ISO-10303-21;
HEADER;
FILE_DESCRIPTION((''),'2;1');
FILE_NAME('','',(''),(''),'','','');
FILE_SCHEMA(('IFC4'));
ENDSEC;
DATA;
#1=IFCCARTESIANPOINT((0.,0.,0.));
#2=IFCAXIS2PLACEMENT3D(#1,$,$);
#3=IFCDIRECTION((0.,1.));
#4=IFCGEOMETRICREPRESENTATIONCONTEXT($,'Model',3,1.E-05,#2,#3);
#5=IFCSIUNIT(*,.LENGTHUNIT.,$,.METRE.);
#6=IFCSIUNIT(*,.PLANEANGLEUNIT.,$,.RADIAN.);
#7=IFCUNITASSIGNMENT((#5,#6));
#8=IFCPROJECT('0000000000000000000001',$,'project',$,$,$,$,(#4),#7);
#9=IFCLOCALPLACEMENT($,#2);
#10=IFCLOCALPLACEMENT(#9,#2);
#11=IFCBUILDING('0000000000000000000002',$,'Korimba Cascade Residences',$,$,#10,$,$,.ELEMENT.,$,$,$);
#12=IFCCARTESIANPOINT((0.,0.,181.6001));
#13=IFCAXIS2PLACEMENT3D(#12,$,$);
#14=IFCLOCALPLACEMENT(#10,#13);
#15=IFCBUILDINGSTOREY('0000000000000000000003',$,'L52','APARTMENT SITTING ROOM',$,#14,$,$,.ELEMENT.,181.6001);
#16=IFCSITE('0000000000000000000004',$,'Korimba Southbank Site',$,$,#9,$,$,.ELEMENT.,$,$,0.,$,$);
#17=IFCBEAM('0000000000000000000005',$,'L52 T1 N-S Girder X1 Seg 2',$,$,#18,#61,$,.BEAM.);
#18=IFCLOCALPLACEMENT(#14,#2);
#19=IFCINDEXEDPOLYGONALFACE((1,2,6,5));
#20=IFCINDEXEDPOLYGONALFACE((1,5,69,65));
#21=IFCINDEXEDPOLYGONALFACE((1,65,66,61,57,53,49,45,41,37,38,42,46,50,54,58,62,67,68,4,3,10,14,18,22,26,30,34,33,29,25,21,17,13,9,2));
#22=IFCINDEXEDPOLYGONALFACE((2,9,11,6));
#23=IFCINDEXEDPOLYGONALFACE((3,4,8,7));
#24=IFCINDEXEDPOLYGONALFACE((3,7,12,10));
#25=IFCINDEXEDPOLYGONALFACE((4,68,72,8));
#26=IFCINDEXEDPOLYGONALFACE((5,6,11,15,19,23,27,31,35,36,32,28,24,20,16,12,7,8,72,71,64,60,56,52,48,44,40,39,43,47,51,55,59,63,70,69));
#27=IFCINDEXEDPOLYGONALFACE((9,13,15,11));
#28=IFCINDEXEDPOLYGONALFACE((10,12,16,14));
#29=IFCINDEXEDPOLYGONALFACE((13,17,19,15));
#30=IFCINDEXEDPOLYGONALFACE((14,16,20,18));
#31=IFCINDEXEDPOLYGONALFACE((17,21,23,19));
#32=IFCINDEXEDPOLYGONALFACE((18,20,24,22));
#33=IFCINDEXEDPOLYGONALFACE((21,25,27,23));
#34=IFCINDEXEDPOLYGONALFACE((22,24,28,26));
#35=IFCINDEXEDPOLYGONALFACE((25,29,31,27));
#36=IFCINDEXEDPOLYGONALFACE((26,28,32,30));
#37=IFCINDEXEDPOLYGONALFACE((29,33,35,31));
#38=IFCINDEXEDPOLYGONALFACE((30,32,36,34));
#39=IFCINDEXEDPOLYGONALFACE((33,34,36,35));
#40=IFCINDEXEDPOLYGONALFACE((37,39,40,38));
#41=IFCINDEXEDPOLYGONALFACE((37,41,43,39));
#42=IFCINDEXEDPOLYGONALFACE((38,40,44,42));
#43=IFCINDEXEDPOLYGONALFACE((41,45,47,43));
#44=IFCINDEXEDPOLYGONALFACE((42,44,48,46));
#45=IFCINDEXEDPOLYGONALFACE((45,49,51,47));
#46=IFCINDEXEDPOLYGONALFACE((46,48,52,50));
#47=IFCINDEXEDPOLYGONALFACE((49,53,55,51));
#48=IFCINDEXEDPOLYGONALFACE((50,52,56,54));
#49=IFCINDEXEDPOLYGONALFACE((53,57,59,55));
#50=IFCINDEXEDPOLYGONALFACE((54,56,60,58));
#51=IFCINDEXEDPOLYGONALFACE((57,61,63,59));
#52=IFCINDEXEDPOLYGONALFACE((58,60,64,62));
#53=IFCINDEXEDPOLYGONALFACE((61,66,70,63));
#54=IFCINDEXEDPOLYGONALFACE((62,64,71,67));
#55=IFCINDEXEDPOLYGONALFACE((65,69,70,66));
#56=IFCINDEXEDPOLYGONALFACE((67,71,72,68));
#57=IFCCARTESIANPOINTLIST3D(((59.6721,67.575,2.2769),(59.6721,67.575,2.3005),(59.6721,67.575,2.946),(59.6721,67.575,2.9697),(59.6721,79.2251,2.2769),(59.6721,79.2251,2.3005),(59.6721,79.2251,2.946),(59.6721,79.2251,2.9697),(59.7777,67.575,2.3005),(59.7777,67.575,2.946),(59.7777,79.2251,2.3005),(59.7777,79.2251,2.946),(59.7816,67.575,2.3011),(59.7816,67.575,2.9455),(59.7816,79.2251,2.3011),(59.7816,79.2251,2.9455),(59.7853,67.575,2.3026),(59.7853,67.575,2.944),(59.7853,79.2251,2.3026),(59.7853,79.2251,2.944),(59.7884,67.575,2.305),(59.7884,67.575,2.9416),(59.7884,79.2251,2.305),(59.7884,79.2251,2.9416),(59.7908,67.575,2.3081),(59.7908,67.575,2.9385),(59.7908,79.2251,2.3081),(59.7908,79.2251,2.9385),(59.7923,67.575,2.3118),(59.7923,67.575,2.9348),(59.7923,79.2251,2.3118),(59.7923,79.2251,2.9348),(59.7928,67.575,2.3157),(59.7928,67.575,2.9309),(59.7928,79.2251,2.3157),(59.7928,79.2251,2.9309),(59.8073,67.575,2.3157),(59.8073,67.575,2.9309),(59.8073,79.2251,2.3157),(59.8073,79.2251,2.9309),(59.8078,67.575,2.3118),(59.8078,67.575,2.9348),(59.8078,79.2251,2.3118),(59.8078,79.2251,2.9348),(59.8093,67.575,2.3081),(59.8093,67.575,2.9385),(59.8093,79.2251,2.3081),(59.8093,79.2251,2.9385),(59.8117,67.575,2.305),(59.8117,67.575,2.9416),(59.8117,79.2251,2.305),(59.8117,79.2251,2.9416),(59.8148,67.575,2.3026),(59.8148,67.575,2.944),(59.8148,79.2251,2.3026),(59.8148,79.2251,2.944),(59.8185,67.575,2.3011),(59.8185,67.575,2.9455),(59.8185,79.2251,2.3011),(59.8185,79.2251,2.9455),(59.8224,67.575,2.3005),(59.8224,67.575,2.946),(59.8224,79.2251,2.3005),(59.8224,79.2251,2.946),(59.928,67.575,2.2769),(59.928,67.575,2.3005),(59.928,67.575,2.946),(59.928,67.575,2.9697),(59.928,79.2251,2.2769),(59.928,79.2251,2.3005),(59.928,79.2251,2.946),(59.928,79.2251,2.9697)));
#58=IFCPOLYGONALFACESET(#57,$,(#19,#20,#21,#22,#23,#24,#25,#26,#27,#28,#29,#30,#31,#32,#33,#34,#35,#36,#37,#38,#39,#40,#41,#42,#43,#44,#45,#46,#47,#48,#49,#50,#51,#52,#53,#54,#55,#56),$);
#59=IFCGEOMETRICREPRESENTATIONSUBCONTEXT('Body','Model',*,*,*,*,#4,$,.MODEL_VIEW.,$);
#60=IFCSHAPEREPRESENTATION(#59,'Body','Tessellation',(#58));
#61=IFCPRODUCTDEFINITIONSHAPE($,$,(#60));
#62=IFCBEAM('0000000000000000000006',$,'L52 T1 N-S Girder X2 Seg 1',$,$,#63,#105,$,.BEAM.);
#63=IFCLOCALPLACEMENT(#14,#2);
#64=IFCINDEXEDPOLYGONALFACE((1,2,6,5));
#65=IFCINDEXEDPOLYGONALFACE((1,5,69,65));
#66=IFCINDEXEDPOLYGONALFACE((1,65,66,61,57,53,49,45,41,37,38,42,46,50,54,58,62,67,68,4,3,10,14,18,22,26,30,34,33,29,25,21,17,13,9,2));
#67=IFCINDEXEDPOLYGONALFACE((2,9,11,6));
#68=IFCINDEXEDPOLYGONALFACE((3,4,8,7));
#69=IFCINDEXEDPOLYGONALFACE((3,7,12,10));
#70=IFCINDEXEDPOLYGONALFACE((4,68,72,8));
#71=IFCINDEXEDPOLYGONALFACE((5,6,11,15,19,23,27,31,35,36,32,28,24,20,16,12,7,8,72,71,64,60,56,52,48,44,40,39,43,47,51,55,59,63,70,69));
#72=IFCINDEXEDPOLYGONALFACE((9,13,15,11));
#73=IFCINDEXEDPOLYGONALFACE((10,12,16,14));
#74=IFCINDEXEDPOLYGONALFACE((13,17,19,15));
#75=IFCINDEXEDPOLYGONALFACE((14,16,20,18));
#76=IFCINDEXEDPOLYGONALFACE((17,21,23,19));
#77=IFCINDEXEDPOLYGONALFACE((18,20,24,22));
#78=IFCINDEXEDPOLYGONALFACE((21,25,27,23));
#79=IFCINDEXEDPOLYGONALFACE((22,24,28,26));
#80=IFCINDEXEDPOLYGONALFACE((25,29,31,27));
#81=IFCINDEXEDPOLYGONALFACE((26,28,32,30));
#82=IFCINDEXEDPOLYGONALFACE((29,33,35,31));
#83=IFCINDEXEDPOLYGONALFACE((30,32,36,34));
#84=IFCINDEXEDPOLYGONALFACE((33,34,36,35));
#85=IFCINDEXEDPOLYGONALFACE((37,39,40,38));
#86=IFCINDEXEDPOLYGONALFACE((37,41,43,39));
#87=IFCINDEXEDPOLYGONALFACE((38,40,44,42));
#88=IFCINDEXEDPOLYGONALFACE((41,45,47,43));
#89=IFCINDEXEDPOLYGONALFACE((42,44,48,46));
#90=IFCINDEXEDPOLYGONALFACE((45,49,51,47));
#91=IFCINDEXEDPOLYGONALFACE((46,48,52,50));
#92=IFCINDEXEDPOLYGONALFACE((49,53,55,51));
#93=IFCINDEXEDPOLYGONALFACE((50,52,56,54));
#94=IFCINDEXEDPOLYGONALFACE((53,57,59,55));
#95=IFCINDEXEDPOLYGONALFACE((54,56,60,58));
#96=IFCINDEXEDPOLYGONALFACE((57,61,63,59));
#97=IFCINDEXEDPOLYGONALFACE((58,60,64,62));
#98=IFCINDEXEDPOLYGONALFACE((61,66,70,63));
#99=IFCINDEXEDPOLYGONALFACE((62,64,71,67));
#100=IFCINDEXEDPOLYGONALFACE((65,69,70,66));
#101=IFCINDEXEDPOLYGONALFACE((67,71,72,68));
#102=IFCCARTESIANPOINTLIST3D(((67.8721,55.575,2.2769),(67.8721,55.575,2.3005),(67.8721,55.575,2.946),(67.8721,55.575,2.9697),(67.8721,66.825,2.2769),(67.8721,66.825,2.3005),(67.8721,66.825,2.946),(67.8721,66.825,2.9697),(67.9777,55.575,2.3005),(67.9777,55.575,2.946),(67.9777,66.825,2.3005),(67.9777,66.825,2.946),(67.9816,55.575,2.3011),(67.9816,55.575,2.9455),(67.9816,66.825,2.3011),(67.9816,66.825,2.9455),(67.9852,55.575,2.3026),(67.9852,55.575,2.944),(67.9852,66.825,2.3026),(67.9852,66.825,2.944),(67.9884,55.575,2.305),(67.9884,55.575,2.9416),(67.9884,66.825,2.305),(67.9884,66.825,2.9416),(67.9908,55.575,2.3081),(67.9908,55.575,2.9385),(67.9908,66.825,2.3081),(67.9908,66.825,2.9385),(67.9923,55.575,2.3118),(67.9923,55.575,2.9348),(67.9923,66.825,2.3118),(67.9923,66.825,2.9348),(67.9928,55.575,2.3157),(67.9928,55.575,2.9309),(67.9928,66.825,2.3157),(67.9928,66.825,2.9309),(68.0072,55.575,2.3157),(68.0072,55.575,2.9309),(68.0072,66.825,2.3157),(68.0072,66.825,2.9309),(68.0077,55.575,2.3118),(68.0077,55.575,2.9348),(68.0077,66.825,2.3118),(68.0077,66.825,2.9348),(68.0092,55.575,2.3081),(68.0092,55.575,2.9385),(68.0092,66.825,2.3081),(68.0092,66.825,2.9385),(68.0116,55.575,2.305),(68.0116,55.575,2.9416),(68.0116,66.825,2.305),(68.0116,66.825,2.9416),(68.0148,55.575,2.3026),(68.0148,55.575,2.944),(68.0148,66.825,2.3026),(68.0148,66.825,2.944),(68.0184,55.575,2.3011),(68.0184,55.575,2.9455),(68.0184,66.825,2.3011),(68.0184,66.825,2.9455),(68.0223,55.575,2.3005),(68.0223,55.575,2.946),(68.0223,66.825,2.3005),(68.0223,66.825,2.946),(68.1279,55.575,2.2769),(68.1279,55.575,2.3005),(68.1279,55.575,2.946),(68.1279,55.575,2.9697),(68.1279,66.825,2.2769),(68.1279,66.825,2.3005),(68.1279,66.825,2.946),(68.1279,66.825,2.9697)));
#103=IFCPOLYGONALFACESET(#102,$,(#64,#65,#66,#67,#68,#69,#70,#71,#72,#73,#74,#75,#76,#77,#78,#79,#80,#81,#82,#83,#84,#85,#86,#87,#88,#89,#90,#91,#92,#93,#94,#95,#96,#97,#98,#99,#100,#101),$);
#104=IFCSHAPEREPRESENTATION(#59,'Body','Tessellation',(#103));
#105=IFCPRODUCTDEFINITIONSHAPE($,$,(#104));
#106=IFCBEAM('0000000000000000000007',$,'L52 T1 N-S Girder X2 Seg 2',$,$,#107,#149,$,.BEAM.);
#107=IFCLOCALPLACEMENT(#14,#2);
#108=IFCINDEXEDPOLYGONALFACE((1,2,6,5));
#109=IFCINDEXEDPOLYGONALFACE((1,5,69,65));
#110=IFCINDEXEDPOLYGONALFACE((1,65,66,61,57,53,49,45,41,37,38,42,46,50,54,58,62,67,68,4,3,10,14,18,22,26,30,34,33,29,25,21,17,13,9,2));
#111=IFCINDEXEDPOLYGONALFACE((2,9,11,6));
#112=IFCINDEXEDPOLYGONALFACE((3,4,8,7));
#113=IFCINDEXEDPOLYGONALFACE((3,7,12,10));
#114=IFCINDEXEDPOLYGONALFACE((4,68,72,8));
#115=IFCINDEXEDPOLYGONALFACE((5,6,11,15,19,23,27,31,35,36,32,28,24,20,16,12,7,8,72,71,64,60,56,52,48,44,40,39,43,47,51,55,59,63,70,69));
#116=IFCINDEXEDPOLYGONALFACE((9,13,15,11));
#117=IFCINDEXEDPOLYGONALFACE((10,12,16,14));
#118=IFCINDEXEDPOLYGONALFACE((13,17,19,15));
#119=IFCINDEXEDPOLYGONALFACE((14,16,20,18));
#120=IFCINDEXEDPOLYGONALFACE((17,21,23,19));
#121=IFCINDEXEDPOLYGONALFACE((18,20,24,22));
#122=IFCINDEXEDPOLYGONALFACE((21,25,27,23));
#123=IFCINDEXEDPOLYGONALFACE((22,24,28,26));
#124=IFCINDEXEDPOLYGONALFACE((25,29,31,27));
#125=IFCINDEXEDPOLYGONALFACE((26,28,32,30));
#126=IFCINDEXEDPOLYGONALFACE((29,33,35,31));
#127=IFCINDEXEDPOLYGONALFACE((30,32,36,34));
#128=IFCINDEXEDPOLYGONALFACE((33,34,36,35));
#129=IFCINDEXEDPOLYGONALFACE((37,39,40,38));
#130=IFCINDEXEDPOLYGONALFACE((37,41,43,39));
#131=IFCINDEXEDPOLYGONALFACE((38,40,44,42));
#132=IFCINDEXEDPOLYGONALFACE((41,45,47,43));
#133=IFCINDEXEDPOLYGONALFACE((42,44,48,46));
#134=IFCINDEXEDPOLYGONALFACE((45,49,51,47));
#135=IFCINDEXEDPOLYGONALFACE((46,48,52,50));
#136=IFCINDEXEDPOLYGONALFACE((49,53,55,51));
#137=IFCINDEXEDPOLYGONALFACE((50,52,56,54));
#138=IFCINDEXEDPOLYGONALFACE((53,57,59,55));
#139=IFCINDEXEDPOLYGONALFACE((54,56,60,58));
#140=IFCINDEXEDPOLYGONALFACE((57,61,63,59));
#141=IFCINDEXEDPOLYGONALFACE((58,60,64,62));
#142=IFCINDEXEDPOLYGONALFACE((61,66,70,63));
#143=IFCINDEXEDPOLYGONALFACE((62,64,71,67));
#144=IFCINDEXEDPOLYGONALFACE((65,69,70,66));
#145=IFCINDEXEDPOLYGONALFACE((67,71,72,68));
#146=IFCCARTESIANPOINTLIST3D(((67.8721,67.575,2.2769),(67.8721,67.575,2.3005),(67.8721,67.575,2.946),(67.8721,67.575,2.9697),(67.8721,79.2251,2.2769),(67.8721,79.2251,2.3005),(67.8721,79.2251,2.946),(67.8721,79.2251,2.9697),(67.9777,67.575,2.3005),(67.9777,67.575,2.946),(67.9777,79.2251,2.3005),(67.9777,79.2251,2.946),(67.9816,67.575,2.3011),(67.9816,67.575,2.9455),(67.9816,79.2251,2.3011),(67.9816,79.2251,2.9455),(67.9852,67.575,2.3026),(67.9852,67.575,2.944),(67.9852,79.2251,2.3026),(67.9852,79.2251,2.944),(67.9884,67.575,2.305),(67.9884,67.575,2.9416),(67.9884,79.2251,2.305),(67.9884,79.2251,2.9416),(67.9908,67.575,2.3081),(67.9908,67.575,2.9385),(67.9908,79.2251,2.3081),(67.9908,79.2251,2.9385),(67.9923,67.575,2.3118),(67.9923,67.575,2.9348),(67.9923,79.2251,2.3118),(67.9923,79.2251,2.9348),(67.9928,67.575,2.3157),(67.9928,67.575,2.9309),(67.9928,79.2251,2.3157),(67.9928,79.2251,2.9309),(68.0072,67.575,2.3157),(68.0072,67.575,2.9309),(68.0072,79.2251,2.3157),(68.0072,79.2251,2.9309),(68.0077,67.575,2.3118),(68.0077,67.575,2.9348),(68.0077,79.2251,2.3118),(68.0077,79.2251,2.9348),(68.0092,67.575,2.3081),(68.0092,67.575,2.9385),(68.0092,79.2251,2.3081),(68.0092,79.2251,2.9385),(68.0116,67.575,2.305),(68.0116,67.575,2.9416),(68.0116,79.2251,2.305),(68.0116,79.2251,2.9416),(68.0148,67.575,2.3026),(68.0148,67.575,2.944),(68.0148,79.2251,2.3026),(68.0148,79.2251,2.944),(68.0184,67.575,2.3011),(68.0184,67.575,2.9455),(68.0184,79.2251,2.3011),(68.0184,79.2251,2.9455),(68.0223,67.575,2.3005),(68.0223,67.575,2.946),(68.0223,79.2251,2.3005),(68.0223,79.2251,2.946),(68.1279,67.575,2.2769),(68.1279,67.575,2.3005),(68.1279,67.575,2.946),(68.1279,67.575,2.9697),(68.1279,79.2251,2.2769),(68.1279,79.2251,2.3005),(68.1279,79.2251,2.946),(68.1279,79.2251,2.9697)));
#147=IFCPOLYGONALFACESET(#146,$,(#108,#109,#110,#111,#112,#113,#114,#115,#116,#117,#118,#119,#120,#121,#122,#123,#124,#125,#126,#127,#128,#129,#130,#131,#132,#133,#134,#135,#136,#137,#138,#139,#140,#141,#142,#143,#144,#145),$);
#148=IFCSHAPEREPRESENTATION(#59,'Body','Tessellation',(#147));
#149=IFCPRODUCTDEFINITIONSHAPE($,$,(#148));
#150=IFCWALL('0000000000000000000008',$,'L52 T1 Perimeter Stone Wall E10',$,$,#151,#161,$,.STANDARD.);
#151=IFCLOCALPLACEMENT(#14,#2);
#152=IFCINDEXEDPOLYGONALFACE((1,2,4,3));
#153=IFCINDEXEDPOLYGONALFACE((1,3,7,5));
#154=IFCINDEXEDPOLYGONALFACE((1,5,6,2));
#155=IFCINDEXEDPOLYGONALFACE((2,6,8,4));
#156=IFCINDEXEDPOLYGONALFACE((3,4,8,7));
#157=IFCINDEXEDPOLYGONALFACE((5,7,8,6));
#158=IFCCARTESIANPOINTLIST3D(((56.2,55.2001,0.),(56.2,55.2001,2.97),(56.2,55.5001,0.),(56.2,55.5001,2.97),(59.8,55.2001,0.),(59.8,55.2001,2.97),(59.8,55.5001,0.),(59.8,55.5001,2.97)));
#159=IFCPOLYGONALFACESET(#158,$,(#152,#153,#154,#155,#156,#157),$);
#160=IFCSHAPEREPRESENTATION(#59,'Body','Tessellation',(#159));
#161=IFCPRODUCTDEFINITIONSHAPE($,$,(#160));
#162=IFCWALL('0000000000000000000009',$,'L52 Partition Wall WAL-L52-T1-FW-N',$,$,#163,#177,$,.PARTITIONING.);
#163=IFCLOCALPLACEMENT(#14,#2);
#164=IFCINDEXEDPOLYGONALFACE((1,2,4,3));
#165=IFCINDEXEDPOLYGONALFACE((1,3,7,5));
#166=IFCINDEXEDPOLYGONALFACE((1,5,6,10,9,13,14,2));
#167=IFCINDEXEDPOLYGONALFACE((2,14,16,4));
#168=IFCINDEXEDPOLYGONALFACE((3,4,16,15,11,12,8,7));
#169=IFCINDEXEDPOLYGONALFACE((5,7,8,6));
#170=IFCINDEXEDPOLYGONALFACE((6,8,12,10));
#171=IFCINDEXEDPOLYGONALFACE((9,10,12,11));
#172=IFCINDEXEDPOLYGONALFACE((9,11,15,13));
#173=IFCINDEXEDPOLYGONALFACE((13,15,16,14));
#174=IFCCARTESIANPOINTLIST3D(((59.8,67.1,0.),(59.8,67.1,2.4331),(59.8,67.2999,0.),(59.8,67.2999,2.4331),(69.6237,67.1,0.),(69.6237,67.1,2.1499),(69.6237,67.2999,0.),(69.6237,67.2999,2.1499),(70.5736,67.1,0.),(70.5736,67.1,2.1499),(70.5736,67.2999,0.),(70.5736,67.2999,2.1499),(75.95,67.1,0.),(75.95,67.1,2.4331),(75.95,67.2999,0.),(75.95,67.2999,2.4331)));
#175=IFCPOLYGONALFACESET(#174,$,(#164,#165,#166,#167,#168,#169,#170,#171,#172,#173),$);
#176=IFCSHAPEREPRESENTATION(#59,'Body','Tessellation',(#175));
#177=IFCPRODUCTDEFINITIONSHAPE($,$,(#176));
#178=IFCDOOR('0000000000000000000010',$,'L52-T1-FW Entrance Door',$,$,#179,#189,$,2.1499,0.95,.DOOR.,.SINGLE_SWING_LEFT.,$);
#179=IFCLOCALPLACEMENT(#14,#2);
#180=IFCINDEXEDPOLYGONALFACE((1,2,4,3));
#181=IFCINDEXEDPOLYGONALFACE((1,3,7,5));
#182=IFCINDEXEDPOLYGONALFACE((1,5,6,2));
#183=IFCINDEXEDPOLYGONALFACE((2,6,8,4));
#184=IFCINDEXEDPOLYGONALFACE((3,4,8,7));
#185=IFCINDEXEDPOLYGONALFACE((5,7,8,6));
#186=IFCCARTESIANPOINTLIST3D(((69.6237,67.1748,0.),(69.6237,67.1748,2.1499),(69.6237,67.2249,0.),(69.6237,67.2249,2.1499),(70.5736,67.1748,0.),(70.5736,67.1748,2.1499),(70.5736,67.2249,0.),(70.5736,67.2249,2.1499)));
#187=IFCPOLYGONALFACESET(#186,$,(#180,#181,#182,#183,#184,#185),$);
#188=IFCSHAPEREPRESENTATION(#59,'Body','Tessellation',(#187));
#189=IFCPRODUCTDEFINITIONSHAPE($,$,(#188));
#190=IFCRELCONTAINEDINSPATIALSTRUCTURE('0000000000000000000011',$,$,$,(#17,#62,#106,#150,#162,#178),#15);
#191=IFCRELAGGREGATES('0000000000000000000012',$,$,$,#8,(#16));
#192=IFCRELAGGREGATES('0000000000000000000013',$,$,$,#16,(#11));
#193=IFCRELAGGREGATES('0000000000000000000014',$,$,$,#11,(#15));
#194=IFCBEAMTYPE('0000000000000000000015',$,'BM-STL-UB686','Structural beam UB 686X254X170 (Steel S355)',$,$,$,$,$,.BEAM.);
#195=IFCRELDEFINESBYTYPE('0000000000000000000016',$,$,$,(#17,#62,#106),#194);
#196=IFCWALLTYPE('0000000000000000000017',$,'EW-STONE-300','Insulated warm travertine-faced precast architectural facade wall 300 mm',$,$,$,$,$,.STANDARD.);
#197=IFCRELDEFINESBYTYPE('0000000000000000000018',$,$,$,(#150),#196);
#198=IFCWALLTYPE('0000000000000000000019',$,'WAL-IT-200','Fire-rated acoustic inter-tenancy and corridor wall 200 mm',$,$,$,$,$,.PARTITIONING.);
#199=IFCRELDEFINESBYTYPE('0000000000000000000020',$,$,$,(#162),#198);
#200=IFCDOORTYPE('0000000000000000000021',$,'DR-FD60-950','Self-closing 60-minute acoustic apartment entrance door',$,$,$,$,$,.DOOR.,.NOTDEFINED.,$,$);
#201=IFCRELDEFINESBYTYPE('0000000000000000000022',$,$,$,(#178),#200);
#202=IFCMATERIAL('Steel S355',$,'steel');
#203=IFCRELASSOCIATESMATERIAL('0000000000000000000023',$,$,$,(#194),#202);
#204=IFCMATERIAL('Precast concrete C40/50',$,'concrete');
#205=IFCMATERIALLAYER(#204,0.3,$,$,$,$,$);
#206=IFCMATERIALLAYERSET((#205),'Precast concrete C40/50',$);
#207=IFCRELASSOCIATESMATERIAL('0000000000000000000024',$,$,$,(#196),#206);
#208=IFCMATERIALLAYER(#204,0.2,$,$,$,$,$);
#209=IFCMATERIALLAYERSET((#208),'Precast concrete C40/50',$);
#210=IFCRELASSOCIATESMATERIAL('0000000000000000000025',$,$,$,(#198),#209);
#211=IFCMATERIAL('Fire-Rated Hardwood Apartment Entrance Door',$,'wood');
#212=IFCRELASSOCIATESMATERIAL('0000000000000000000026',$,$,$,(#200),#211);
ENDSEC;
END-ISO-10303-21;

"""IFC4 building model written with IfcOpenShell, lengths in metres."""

from ifc_helpers import new_model, si_unit, direction, frame, frame_2d, origin, origin_2d, place, context, subcontext, project, spatial, rectangle, i_section, extrude, material, layer, layer_set, material_profile, profile_set, type_object, element, fill, save


model = new_model("IFC4")

# Units and contexts
model_context = context("Model", 3, precision=1e-05, world=origin(), true_north=direction((0.0, 1.0)))
body_context = subcontext(model_context, "Body", "Model", "MODEL_VIEW")
ifc_project = project(units=[si_unit("LENGTHUNIT", "METRE"), si_unit("PLANEANGLEUNIT", "RADIAN")], contexts=[model_context])

# Site, building, storey
site_placement = place(None, origin())
site = spatial("IfcSite", under=ifc_project, at=site_placement, Name="Korimba Southbank Site", CompositionType="ELEMENT", RefElevation=0.0)
building_placement = place(site_placement, origin())
building = spatial("IfcBuilding", under=site, at=building_placement, Name="Korimba Cascade Residences", CompositionType="ELEMENT")
storey_placement = place(building_placement, frame((0.0, 0.0, 181.6001)))
storey = spatial("IfcBuildingStorey", under=building, at=storey_placement, Name="L52", Description="APARTMENT SITTING ROOM", CompositionType="ELEMENT", Elevation=181.6001)

# Beams
ifc_material_1 = material(Name="Steel S355", Category="steel")
ifc_material_profile_1 = material_profile(ifc_material_1, i_section(OverallWidth=0.2559, OverallDepth=0.6929, WebThickness=0.0144, FlangeThickness=0.0237, FilletRadius=0.0151, at=origin_2d()), Name="Steel S355")
ifc_profile_set_1 = profile_set([ifc_material_profile_1], Name="Steel S355")
beam_type_1 = type_object("IfcBeamType", Name="BM-STL-UB686", Description="Structural beam UB 686X254X170 (Steel S355)", PredefinedType="BEAM", material=ifc_profile_set_1)
beam_1_placement = place(storey_placement, frame((59.8, 67.575, 2.6233), z_axis=(0.0, 1.0, 0.0), x_axis=(-1.0, 0.0, 0.0)))
element("IfcBeam", 1, at=beam_1_placement, inside=storey, type_object=beam_type_1, Name="L52 T1 N-S Girder X1 Seg 2", PredefinedType="BEAM", context=body_context, shape_type="SweptSolid", body=[
    extrude(i_section(OverallWidth=0.2559, OverallDepth=0.6929, WebThickness=0.0144, FlangeThickness=0.0237, FilletRadius=0.0151, at=origin_2d()), origin(), (0.0, 0.0, 1.0), 11.6501),
])
beam_2_placement = place(storey_placement, frame((68.0, 55.575, 2.6233), z_axis=(0.0, 1.0, 0.0), x_axis=(-1.0, 0.0, 0.0)))
element("IfcBeam", 2, at=beam_2_placement, inside=storey, type_object=beam_type_1, Name="L52 T1 N-S Girder X2 Seg 1", PredefinedType="BEAM", context=body_context, shape_type="SweptSolid", body=[
    extrude(i_section(OverallWidth=0.2559, OverallDepth=0.6929, WebThickness=0.0144, FlangeThickness=0.0237, FilletRadius=0.0151, at=origin_2d()), origin(), (0.0, 0.0, 1.0), 11.25),
])
beam_3_placement = place(storey_placement, frame((68.0, 67.575, 2.6233), z_axis=(0.0, 1.0, 0.0), x_axis=(-1.0, 0.0, 0.0)))
element("IfcBeam", 3, at=beam_3_placement, inside=storey, type_object=beam_type_1, Name="L52 T1 N-S Girder X2 Seg 2", PredefinedType="BEAM", context=body_context, shape_type="SweptSolid", body=[
    extrude(i_section(OverallWidth=0.2559, OverallDepth=0.6929, WebThickness=0.0144, FlangeThickness=0.0237, FilletRadius=0.0151, at=origin_2d()), origin(), (0.0, 0.0, 1.0), 11.6501),
])

# Wall
ifc_material_2 = material(Name="Precast concrete C40/50", Category="concrete")
ifc_layer_1 = layer(ifc_material_2, 0.3)
ifc_layer_set_1 = layer_set([ifc_layer_1], Name="Precast concrete C40/50")
wall_type_1 = type_object("IfcWallType", Name="EW-STONE-300", Description="Insulated warm travertine-faced precast architectural facade wall 300 mm", PredefinedType="STANDARD", material=ifc_layer_set_1)
wall_1_placement = place(storey_placement, frame((56.2, 55.3501, 0.0), z_axis=(0.0, 0.0, 1.0), x_axis=(1.0, 0.0, 0.0)))
element("IfcWall", 4, at=wall_1_placement, inside=storey, type_object=wall_type_1, Name="L52 T1 Perimeter Stone Wall E10", PredefinedType="STANDARD", context=body_context, shape_type="SweptSolid", body=[
    extrude(rectangle(XDim=3.6001, YDim=0.3, at=frame_2d((1.8, 0.0))), origin(), (0.0, 0.0, 1.0), 2.97),
])

# Wall, opening, door
ifc_layer_2 = layer(ifc_material_2, 0.2)
ifc_layer_set_2 = layer_set([ifc_layer_2], Name="Precast concrete C40/50")
wall_type_2 = type_object("IfcWallType", Name="WAL-IT-200", Description="Fire-rated acoustic inter-tenancy and corridor wall 200 mm", PredefinedType="PARTITIONING", material=ifc_layer_set_2)
wall_2_placement = place(storey_placement, frame((59.8, 67.2, 0.0), z_axis=(0.0, 0.0, 1.0), x_axis=(1.0, 0.0, 0.0)))
wall_2 = element("IfcWall", 5, at=wall_2_placement, inside=storey, type_object=wall_type_2, Name="L52 Partition Wall WAL-L52-T1-FW-N", PredefinedType="PARTITIONING", context=body_context, shape_type="SweptSolid", body=[
    extrude(rectangle(XDim=16.1499, YDim=0.2, at=frame_2d((8.075, 0.0))), origin(), (0.0, 0.0, 1.0), 2.4331),
])
opening_1_placement = place(wall_2_placement, frame((9.8235, 0.0, 0.0)))
opening_1 = element("IfcOpeningElement", 6, at=opening_1_placement, cuts=wall_2, PredefinedType="OPENING", context=body_context, shape_type="SweptSolid", body=[
    extrude(rectangle(XDim=0.95, YDim=2.1499, at=frame_2d((0.4751, 1.075))), frame((0.0, 0.1099, 0.0), z_axis=(0.0, -1.0, 0.0), x_axis=(1.0, 0.0, 0.0)), (0.0, 0.0, 1.0), 0.22),
])
ifc_material_3 = material(Name="Fire-Rated Hardwood Apartment Entrance Door", Category="wood")
door_type_1 = type_object("IfcDoorType", Name="DR-FD60-950", Description="Self-closing 60-minute acoustic apartment entrance door", OperationType="NOTDEFINED", PredefinedType="DOOR", material=ifc_material_3)
door_1_placement = place(opening_1_placement, origin())
door_1 = element("IfcDoor", 7, at=door_1_placement, inside=storey, type_object=door_type_1, Name="L52-T1-FW Entrance Door", OperationType="SINGLE_SWING_LEFT", OverallHeight=2.1499, OverallWidth=0.95, PredefinedType="DOOR", context=body_context, shape_type="SweptSolid", body=[
    extrude(rectangle(XDim=0.95, YDim=2.1499, at=frame_2d((0.4751, 1.075))), frame((0.0, 0.0249, 0.0), z_axis=(0.0, -1.0, 0.0), x_axis=(1.0, 0.0, 0.0)), (0.0, 0.0, 1.0), 0.05),
])
fill(opening_1, door_1)

save(model, "model.ifc")
